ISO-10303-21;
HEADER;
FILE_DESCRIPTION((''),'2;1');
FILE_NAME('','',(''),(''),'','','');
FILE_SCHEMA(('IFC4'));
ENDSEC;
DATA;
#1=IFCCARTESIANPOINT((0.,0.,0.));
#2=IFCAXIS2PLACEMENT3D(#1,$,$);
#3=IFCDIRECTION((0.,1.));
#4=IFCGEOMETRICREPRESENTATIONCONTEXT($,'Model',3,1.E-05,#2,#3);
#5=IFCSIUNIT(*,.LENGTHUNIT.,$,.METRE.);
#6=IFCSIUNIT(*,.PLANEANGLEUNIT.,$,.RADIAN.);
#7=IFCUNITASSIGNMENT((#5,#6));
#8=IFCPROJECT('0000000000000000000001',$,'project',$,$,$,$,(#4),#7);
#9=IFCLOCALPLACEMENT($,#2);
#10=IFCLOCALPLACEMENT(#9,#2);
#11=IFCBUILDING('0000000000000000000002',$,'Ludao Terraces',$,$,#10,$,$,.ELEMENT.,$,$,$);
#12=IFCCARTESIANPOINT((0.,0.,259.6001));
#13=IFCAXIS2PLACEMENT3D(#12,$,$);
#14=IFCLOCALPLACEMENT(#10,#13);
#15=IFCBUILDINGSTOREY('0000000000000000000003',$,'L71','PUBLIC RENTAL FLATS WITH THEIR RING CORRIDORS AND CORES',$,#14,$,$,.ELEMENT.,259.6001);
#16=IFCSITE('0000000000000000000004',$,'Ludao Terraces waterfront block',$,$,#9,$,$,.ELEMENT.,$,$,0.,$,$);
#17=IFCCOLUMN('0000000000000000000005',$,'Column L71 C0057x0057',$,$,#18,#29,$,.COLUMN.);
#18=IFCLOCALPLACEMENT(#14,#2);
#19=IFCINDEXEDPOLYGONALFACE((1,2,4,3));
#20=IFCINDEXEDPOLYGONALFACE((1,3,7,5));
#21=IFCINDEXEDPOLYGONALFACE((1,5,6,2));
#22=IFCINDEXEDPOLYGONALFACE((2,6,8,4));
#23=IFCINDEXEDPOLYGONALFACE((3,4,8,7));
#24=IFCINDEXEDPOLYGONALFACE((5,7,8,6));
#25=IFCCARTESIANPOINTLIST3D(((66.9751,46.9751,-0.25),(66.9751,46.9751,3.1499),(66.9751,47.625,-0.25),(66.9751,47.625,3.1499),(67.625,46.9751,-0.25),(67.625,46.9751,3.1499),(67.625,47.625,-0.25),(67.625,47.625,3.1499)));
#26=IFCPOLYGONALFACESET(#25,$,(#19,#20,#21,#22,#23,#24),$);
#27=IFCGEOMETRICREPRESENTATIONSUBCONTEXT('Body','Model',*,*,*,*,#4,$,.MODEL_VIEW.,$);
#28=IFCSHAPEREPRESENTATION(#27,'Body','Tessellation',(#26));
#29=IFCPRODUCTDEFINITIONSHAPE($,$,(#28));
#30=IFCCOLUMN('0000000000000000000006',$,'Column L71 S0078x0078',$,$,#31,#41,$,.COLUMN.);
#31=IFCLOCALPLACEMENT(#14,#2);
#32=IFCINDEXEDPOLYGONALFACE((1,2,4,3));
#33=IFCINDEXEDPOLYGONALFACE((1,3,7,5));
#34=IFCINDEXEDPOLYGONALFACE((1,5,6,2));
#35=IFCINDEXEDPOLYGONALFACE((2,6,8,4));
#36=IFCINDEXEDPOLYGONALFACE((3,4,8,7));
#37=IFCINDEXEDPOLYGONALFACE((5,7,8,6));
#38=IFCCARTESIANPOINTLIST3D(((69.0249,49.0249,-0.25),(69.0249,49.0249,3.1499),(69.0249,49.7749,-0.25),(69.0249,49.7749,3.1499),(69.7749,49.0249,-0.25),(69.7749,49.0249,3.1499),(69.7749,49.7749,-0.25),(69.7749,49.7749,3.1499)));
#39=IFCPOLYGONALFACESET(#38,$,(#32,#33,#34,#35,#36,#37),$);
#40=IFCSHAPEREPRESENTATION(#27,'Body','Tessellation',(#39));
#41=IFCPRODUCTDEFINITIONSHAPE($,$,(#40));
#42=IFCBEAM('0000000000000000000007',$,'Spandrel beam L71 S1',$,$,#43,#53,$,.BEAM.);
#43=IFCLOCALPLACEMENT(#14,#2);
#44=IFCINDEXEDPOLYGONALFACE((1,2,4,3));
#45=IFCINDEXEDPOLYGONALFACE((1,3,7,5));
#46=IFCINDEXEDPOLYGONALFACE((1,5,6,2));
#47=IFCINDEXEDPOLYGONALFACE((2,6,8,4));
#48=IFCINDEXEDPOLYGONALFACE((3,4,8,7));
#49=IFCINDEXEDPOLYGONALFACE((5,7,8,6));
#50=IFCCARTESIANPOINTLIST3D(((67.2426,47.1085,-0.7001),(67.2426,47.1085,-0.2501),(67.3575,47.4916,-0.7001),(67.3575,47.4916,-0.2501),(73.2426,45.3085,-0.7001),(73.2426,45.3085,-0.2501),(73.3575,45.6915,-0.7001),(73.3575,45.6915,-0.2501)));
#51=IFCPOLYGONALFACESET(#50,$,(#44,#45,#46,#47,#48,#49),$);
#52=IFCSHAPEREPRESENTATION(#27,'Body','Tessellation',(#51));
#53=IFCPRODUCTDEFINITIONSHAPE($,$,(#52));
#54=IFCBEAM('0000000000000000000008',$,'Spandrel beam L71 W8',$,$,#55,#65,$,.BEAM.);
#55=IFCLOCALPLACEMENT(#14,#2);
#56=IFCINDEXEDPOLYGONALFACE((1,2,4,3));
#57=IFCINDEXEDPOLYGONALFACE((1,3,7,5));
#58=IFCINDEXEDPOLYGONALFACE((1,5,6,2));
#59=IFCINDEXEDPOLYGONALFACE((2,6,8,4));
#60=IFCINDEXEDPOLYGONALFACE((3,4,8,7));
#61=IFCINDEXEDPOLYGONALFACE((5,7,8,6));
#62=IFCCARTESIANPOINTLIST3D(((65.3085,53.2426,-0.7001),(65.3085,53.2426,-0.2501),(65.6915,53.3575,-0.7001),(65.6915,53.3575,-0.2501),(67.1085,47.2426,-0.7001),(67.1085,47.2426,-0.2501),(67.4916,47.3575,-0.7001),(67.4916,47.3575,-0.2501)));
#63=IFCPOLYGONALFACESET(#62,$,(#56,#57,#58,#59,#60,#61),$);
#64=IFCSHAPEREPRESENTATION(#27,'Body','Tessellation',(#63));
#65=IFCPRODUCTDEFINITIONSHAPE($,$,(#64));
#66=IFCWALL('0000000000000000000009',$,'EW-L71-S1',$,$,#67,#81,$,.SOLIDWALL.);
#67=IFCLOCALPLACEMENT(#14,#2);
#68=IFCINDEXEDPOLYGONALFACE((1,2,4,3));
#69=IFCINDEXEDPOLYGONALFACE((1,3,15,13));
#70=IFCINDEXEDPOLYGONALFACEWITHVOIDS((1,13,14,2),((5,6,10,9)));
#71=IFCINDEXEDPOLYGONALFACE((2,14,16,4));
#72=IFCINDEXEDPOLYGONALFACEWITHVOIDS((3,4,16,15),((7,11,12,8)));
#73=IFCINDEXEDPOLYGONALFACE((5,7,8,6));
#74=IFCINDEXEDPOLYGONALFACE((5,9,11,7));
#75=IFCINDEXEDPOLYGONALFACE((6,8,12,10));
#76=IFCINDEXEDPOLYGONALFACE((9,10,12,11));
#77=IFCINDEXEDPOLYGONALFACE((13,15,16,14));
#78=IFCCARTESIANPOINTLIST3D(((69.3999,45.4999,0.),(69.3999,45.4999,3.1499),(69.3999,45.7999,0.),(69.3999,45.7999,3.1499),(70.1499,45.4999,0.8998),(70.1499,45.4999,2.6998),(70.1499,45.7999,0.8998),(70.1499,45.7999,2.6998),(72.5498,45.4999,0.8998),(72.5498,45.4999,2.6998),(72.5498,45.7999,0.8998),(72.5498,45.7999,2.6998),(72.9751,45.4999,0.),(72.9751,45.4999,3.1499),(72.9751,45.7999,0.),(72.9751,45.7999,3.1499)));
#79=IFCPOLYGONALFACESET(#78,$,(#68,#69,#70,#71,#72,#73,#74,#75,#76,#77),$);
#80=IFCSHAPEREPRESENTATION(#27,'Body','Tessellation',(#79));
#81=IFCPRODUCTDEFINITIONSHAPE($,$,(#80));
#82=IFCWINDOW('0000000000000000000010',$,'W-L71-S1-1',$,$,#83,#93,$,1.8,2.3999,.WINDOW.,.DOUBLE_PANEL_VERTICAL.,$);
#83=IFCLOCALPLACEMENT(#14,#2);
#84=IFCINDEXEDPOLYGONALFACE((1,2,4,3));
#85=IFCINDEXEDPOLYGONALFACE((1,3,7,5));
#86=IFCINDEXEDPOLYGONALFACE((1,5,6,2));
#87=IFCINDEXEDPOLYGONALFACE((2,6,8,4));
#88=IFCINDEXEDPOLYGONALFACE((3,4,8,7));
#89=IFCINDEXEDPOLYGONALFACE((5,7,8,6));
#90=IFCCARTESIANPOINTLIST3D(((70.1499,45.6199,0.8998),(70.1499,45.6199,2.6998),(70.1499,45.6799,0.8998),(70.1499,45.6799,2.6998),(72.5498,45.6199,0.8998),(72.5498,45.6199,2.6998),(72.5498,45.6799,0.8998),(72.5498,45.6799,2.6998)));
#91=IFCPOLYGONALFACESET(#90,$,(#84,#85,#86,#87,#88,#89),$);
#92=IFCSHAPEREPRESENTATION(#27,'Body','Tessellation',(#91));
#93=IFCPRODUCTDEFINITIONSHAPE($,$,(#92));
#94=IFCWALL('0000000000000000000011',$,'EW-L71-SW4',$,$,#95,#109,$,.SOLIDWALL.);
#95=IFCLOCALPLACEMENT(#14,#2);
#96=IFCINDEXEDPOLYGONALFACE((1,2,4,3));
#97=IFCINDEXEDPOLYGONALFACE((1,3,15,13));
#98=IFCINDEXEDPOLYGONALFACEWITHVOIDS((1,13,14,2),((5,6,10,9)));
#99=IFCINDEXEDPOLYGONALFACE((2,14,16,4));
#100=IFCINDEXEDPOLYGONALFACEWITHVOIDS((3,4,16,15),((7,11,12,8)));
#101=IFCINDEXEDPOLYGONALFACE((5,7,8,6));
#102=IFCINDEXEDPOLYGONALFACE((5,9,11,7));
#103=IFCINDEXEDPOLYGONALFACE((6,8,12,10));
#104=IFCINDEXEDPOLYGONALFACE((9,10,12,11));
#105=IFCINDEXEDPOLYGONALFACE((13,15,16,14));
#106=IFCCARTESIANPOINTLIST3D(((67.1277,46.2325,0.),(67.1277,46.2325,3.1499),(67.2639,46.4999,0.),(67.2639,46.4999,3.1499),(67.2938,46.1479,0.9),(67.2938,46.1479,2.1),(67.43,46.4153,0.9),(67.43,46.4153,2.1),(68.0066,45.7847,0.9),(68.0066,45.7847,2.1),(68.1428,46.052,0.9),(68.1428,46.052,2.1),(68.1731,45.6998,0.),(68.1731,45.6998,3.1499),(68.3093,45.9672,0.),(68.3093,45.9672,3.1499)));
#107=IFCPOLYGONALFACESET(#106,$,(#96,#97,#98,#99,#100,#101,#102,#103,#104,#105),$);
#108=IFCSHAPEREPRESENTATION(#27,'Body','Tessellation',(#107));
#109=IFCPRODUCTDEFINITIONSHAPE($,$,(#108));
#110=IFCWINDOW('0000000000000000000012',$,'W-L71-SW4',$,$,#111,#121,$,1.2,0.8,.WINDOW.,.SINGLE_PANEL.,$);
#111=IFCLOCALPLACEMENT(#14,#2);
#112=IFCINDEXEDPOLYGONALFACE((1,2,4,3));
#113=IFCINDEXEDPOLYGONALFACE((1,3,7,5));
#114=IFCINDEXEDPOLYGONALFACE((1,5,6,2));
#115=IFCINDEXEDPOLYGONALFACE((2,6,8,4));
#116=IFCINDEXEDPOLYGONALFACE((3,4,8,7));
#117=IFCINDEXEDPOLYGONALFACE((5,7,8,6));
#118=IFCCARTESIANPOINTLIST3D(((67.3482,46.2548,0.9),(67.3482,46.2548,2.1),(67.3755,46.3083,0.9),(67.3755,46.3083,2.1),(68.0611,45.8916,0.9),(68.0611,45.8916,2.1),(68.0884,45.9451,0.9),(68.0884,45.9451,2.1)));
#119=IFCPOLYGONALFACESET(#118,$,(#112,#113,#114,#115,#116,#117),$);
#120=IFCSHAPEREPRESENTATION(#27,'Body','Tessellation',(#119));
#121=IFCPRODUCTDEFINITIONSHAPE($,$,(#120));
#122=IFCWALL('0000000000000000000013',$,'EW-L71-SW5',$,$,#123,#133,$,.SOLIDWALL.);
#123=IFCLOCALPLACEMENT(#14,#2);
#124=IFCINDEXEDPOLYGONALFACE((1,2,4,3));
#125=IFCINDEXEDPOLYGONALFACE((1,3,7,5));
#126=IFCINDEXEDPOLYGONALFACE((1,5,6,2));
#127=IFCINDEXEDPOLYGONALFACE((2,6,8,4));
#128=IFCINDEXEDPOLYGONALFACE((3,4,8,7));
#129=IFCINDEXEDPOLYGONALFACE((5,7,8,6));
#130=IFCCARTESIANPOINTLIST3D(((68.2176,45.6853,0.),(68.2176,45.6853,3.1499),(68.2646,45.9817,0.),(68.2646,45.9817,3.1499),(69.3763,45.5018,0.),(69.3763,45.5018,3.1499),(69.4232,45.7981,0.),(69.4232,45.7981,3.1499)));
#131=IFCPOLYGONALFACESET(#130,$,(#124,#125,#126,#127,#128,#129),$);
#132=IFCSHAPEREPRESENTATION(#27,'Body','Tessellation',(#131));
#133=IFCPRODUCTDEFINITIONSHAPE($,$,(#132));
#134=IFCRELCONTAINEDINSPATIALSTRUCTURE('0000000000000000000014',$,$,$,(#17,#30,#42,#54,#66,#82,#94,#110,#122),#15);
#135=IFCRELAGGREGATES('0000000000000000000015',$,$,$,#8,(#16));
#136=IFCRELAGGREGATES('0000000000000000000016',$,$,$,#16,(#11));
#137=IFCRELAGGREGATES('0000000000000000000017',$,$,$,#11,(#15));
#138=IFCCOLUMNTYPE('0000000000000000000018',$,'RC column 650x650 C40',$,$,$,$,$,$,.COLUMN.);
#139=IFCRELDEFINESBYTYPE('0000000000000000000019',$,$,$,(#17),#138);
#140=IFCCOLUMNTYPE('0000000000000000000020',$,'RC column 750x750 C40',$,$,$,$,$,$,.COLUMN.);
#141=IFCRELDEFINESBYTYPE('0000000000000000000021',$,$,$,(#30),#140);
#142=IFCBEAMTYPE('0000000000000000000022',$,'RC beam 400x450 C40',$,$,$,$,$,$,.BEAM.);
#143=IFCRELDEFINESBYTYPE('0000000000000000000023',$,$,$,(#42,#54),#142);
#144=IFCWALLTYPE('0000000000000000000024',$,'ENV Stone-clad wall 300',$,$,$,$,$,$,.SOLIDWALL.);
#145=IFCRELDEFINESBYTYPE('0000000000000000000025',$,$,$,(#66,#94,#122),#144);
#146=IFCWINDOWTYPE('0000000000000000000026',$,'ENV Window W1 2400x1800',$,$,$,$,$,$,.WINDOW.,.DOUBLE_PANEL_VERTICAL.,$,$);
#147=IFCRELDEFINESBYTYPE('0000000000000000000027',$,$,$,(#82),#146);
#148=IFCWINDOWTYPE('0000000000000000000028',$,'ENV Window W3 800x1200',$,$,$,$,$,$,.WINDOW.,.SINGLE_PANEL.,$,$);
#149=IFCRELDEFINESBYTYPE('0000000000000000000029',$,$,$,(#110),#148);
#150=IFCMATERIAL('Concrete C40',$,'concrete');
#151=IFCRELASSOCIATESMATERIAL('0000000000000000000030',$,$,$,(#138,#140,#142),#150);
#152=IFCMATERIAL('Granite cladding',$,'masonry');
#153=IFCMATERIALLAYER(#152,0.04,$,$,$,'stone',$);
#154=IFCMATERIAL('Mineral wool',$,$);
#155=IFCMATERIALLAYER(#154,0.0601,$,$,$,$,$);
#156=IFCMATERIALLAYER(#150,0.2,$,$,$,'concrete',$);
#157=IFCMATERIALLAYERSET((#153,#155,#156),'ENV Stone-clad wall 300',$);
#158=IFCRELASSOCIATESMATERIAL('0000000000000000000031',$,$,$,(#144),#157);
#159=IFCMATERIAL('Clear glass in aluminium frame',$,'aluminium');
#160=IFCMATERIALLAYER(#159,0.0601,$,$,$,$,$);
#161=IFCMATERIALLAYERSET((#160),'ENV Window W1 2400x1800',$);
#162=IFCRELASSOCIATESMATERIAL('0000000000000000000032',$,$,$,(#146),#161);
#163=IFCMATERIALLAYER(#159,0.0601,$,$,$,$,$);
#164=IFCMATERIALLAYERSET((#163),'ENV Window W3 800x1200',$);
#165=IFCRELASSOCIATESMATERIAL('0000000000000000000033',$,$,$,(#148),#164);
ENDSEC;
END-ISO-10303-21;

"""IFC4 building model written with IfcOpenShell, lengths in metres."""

from ifc_helpers import new_model, si_unit, direction, frame, frame_2d, origin, origin_2d, place, context, subcontext, project, spatial, rectangle, extrude, material, layer, layer_set, material_profile, profile_set, type_object, element, fill, save


model = new_model("IFC4")

# Units and contexts
model_context = context("Model", 3, precision=1e-05, world=origin(), true_north=direction((0.0, 1.0)))
body_context = subcontext(model_context, "Body", "Model", "MODEL_VIEW")
ifc_project = project(units=[si_unit("LENGTHUNIT", "METRE"), si_unit("PLANEANGLEUNIT", "RADIAN")], contexts=[model_context])

# Site, building, storey
site_placement = place(None, origin())
site = spatial("IfcSite", under=ifc_project, at=site_placement, Name="Ludao Terraces waterfront block", CompositionType="ELEMENT", RefElevation=0.0)
building_placement = place(site_placement, origin())
building = spatial("IfcBuilding", under=site, at=building_placement, Name="Ludao Terraces", CompositionType="ELEMENT")
storey_placement = place(building_placement, frame((0.0, 0.0, 259.6001)))
storey = spatial("IfcBuildingStorey", under=building, at=storey_placement, Name="L71", Description="PUBLIC RENTAL FLATS WITH THEIR RING CORRIDORS AND CORES", CompositionType="ELEMENT", Elevation=259.6001)

# Columns
ifc_material_1 = material(Name="Concrete C40", Category="concrete")
ifc_material_profile_1 = material_profile(ifc_material_1, rectangle(XDim=0.6499, YDim=0.6499, at=origin_2d()), Name="650 X 650")
ifc_profile_set_1 = profile_set([ifc_material_profile_1], Name="Concrete C40")
column_type_1 = type_object("IfcColumnType", Name="RC column 650x650 C40", PredefinedType="COLUMN", material=ifc_profile_set_1)
column_1_placement = place(storey_placement, frame((67.3, 47.3, -0.25), z_axis=(0.0, 0.0, 1.0), x_axis=(1.0, 0.0, 0.0)))
element("IfcColumn", 1, at=column_1_placement, inside=storey, type_object=column_type_1, Name="Column L71 C0057x0057", PredefinedType="COLUMN", context=body_context, shape_type="SweptSolid", body=[
    extrude(rectangle(XDim=0.6499, YDim=0.6499, at=origin_2d()), origin(), (0.0, 0.0, 1.0), 3.3999),
])
ifc_material_profile_2 = material_profile(ifc_material_1, rectangle(XDim=0.75, YDim=0.75, at=origin_2d()), Name="750 X 750")
ifc_profile_set_2 = profile_set([ifc_material_profile_2], Name="Concrete C40")
column_type_2 = type_object("IfcColumnType", Name="RC column 750x750 C40", PredefinedType="COLUMN", material=ifc_profile_set_2)
column_2_placement = place(storey_placement, frame((69.3999, 49.3999, -0.25), z_axis=(0.0, 0.0, 1.0), x_axis=(1.0, 0.0, 0.0)))
element("IfcColumn", 2, at=column_2_placement, inside=storey, type_object=column_type_2, Name="Column L71 S0078x0078", PredefinedType="COLUMN", context=body_context, shape_type="SweptSolid", body=[
    extrude(rectangle(XDim=0.75, YDim=0.75, at=origin_2d()), origin(), (0.0, 0.0, 1.0), 3.3999),
])

# Beams
ifc_material_profile_3 = material_profile(ifc_material_1, rectangle(XDim=0.3999, YDim=0.45, at=origin_2d()), Name="400 X 450")
ifc_profile_set_3 = profile_set([ifc_material_profile_3], Name="Concrete C40")
beam_type = type_object("IfcBeamType", Name="RC beam 400x450 C40", PredefinedType="BEAM", material=ifc_profile_set_3)
for number, where, z_axis, x_axis, name in (
    (3, (67.3, 47.3, -0.4751), (0.957824, -0.287355, 0.0), (0.287355, 0.957824, 0.0), "Spandrel beam L71 S1"),
    (4, (67.3, 47.3, -0.4751), (-0.287355, 0.957824, 0.0), (-0.957824, -0.287355, 0.0), "Spandrel beam L71 W8"),
):
    element("IfcBeam", number, at=place(storey_placement, frame(where, z_axis=z_axis, x_axis=x_axis)), inside=storey, type_object=beam_type, Name=name, PredefinedType="BEAM", context=body_context, shape_type="SweptSolid", body=[
        extrude(rectangle(XDim=0.3999, YDim=0.45, at=origin_2d()), origin(), (0.0, 0.0, 1.0), 6.2642),
    ])

# Walls, openings, windows
ifc_material_2 = material(Name="Granite cladding", Category="masonry")
ifc_layer_1 = layer(ifc_material_2, 0.04, Category="stone")
ifc_material_3 = material(Name="Mineral wool")
ifc_layer_2 = layer(ifc_material_3, 0.0601)
ifc_layer_3 = layer(ifc_material_1, 0.2, Category="concrete")
ifc_layer_set_1 = layer_set([ifc_layer_1, ifc_layer_2, ifc_layer_3], Name="ENV Stone-clad wall 300")
wall_type_1 = type_object("IfcWallType", Name="ENV Stone-clad wall 300", PredefinedType="SOLIDWALL", material=ifc_layer_set_1)
wall_1_placement = place(storey_placement, frame((69.3999, 45.6499, 0.0), z_axis=(0.0, 0.0, 1.0), x_axis=(1.0, 0.0, 0.0)))
wall_1 = element("IfcWall", 5, at=wall_1_placement, inside=storey, type_object=wall_type_1, Name="EW-L71-S1", PredefinedType="SOLIDWALL", context=body_context, shape_type="SweptSolid", body=[
    extrude(rectangle(XDim=3.5752, YDim=0.3, at=frame_2d((1.7876, 0.0))), origin(), (0.0, 0.0, 1.0), 3.1499),
])
opening_1_placement = place(wall_1_placement, frame((0.75, 0.0, 0.8999)))
opening_1 = element("IfcOpeningElement", 6, at=opening_1_placement, cuts=wall_1, PredefinedType="OPENING", context=body_context, shape_type="SweptSolid", body=[
    extrude(rectangle(XDim=2.3999, YDim=1.8, at=frame_2d((1.2, 0.8999))), frame((0.0, 0.1602, 0.0), z_axis=(0.0, -1.0, 0.0), x_axis=(1.0, 0.0, 0.0)), (0.0, 0.0, 1.0), 0.3201),
])
ifc_material_4 = material(Name="Clear glass in aluminium frame", Category="aluminium")
ifc_layer_4 = layer(ifc_material_4, 0.0601)
ifc_layer_set_2 = layer_set([ifc_layer_4], Name="ENV Window W1 2400x1800")
window_type_1 = type_object("IfcWindowType", Name="ENV Window W1 2400x1800", PartitioningType="DOUBLE_PANEL_VERTICAL", PredefinedType="WINDOW", material=ifc_layer_set_2)
window_1_placement = place(opening_1_placement, origin())
window_1 = element("IfcWindow", 7, at=window_1_placement, inside=storey, type_object=window_type_1, Name="W-L71-S1-1", OverallHeight=1.8, OverallWidth=2.3999, PartitioningType="DOUBLE_PANEL_VERTICAL", PredefinedType="WINDOW", context=body_context, shape_type="SweptSolid", body=[
    extrude(rectangle(XDim=2.3999, YDim=1.8, at=frame_2d((1.2, 0.8999))), frame((0.0, 0.03, 0.0), z_axis=(0.0, -1.0, 0.0), x_axis=(1.0, 0.0, 0.0)), (0.0, 0.0, 1.0), 0.0601),
])
fill(opening_1, window_1)
wall_2_placement = place(storey_placement, frame((67.1958, 46.3662, 0.0), z_axis=(0.0, 0.0, 1.0), x_axis=(0.890989, -0.454026, 0.0)))
wall_2 = element("IfcWall", 8, at=wall_2_placement, inside=storey, type_object=wall_type_1, Name="EW-L71-SW4", PredefinedType="SOLIDWALL", context=body_context, shape_type="SweptSolid", body=[
    extrude(rectangle(XDim=1.1733, YDim=0.3, at=frame_2d((0.5867, 0.0))), origin(), (0.0, 0.0, 1.0), 3.1499),
])
opening_2_placement = place(wall_2_placement, frame((0.1865, 0.0, 0.8999)))
opening_2 = element("IfcOpeningElement", 9, at=opening_2_placement, cuts=wall_2, PredefinedType="OPENING", context=body_context, shape_type="SweptSolid", body=[
    extrude(rectangle(XDim=0.8, YDim=1.2, at=frame_2d((0.3999, 0.6001))), frame((0.0, 0.1602, 0.0), z_axis=(0.0, -1.0, 0.0), x_axis=(1.0, 0.0, 0.0)), (0.0, 0.0, 1.0), 0.3201),
])
ifc_layer_5 = layer(ifc_material_4, 0.0601)
ifc_layer_set_3 = layer_set([ifc_layer_5], Name="ENV Window W3 800x1200")
window_type_2 = type_object("IfcWindowType", Name="ENV Window W3 800x1200", PartitioningType="SINGLE_PANEL", PredefinedType="WINDOW", material=ifc_layer_set_3)
window_2_placement = place(opening_2_placement, origin())
window_2 = element("IfcWindow", 10, at=window_2_placement, inside=storey, type_object=window_type_2, Name="W-L71-SW4", OverallHeight=1.2, OverallWidth=0.8, PartitioningType="SINGLE_PANEL", PredefinedType="WINDOW", context=body_context, shape_type="SweptSolid", body=[
    extrude(rectangle(XDim=0.8, YDim=1.2, at=frame_2d((0.3999, 0.6001))), frame((0.0, 0.03, 0.0), z_axis=(0.0, -1.0, 0.0), x_axis=(1.0, 0.0, 0.0)), (0.0, 0.0, 1.0), 0.0601),
])
fill(opening_2, window_2)

# Wall
wall_3_placement = place(storey_placement, frame((68.2412, 45.8335, 0.0), z_axis=(0.0, 0.0, 1.0), x_axis=(0.987678, -0.156497, 0.0)))
element("IfcWall", 11, at=wall_3_placement, inside=storey, type_object=wall_type_1, Name="EW-L71-SW5", PredefinedType="SOLIDWALL", context=body_context, shape_type="SweptSolid", body=[
    extrude(rectangle(XDim=1.1731, YDim=0.3, at=frame_2d((0.5864, 0.0))), origin(), (0.0, 0.0, 1.0), 3.1499),
])

save(model, "model.ifc")
